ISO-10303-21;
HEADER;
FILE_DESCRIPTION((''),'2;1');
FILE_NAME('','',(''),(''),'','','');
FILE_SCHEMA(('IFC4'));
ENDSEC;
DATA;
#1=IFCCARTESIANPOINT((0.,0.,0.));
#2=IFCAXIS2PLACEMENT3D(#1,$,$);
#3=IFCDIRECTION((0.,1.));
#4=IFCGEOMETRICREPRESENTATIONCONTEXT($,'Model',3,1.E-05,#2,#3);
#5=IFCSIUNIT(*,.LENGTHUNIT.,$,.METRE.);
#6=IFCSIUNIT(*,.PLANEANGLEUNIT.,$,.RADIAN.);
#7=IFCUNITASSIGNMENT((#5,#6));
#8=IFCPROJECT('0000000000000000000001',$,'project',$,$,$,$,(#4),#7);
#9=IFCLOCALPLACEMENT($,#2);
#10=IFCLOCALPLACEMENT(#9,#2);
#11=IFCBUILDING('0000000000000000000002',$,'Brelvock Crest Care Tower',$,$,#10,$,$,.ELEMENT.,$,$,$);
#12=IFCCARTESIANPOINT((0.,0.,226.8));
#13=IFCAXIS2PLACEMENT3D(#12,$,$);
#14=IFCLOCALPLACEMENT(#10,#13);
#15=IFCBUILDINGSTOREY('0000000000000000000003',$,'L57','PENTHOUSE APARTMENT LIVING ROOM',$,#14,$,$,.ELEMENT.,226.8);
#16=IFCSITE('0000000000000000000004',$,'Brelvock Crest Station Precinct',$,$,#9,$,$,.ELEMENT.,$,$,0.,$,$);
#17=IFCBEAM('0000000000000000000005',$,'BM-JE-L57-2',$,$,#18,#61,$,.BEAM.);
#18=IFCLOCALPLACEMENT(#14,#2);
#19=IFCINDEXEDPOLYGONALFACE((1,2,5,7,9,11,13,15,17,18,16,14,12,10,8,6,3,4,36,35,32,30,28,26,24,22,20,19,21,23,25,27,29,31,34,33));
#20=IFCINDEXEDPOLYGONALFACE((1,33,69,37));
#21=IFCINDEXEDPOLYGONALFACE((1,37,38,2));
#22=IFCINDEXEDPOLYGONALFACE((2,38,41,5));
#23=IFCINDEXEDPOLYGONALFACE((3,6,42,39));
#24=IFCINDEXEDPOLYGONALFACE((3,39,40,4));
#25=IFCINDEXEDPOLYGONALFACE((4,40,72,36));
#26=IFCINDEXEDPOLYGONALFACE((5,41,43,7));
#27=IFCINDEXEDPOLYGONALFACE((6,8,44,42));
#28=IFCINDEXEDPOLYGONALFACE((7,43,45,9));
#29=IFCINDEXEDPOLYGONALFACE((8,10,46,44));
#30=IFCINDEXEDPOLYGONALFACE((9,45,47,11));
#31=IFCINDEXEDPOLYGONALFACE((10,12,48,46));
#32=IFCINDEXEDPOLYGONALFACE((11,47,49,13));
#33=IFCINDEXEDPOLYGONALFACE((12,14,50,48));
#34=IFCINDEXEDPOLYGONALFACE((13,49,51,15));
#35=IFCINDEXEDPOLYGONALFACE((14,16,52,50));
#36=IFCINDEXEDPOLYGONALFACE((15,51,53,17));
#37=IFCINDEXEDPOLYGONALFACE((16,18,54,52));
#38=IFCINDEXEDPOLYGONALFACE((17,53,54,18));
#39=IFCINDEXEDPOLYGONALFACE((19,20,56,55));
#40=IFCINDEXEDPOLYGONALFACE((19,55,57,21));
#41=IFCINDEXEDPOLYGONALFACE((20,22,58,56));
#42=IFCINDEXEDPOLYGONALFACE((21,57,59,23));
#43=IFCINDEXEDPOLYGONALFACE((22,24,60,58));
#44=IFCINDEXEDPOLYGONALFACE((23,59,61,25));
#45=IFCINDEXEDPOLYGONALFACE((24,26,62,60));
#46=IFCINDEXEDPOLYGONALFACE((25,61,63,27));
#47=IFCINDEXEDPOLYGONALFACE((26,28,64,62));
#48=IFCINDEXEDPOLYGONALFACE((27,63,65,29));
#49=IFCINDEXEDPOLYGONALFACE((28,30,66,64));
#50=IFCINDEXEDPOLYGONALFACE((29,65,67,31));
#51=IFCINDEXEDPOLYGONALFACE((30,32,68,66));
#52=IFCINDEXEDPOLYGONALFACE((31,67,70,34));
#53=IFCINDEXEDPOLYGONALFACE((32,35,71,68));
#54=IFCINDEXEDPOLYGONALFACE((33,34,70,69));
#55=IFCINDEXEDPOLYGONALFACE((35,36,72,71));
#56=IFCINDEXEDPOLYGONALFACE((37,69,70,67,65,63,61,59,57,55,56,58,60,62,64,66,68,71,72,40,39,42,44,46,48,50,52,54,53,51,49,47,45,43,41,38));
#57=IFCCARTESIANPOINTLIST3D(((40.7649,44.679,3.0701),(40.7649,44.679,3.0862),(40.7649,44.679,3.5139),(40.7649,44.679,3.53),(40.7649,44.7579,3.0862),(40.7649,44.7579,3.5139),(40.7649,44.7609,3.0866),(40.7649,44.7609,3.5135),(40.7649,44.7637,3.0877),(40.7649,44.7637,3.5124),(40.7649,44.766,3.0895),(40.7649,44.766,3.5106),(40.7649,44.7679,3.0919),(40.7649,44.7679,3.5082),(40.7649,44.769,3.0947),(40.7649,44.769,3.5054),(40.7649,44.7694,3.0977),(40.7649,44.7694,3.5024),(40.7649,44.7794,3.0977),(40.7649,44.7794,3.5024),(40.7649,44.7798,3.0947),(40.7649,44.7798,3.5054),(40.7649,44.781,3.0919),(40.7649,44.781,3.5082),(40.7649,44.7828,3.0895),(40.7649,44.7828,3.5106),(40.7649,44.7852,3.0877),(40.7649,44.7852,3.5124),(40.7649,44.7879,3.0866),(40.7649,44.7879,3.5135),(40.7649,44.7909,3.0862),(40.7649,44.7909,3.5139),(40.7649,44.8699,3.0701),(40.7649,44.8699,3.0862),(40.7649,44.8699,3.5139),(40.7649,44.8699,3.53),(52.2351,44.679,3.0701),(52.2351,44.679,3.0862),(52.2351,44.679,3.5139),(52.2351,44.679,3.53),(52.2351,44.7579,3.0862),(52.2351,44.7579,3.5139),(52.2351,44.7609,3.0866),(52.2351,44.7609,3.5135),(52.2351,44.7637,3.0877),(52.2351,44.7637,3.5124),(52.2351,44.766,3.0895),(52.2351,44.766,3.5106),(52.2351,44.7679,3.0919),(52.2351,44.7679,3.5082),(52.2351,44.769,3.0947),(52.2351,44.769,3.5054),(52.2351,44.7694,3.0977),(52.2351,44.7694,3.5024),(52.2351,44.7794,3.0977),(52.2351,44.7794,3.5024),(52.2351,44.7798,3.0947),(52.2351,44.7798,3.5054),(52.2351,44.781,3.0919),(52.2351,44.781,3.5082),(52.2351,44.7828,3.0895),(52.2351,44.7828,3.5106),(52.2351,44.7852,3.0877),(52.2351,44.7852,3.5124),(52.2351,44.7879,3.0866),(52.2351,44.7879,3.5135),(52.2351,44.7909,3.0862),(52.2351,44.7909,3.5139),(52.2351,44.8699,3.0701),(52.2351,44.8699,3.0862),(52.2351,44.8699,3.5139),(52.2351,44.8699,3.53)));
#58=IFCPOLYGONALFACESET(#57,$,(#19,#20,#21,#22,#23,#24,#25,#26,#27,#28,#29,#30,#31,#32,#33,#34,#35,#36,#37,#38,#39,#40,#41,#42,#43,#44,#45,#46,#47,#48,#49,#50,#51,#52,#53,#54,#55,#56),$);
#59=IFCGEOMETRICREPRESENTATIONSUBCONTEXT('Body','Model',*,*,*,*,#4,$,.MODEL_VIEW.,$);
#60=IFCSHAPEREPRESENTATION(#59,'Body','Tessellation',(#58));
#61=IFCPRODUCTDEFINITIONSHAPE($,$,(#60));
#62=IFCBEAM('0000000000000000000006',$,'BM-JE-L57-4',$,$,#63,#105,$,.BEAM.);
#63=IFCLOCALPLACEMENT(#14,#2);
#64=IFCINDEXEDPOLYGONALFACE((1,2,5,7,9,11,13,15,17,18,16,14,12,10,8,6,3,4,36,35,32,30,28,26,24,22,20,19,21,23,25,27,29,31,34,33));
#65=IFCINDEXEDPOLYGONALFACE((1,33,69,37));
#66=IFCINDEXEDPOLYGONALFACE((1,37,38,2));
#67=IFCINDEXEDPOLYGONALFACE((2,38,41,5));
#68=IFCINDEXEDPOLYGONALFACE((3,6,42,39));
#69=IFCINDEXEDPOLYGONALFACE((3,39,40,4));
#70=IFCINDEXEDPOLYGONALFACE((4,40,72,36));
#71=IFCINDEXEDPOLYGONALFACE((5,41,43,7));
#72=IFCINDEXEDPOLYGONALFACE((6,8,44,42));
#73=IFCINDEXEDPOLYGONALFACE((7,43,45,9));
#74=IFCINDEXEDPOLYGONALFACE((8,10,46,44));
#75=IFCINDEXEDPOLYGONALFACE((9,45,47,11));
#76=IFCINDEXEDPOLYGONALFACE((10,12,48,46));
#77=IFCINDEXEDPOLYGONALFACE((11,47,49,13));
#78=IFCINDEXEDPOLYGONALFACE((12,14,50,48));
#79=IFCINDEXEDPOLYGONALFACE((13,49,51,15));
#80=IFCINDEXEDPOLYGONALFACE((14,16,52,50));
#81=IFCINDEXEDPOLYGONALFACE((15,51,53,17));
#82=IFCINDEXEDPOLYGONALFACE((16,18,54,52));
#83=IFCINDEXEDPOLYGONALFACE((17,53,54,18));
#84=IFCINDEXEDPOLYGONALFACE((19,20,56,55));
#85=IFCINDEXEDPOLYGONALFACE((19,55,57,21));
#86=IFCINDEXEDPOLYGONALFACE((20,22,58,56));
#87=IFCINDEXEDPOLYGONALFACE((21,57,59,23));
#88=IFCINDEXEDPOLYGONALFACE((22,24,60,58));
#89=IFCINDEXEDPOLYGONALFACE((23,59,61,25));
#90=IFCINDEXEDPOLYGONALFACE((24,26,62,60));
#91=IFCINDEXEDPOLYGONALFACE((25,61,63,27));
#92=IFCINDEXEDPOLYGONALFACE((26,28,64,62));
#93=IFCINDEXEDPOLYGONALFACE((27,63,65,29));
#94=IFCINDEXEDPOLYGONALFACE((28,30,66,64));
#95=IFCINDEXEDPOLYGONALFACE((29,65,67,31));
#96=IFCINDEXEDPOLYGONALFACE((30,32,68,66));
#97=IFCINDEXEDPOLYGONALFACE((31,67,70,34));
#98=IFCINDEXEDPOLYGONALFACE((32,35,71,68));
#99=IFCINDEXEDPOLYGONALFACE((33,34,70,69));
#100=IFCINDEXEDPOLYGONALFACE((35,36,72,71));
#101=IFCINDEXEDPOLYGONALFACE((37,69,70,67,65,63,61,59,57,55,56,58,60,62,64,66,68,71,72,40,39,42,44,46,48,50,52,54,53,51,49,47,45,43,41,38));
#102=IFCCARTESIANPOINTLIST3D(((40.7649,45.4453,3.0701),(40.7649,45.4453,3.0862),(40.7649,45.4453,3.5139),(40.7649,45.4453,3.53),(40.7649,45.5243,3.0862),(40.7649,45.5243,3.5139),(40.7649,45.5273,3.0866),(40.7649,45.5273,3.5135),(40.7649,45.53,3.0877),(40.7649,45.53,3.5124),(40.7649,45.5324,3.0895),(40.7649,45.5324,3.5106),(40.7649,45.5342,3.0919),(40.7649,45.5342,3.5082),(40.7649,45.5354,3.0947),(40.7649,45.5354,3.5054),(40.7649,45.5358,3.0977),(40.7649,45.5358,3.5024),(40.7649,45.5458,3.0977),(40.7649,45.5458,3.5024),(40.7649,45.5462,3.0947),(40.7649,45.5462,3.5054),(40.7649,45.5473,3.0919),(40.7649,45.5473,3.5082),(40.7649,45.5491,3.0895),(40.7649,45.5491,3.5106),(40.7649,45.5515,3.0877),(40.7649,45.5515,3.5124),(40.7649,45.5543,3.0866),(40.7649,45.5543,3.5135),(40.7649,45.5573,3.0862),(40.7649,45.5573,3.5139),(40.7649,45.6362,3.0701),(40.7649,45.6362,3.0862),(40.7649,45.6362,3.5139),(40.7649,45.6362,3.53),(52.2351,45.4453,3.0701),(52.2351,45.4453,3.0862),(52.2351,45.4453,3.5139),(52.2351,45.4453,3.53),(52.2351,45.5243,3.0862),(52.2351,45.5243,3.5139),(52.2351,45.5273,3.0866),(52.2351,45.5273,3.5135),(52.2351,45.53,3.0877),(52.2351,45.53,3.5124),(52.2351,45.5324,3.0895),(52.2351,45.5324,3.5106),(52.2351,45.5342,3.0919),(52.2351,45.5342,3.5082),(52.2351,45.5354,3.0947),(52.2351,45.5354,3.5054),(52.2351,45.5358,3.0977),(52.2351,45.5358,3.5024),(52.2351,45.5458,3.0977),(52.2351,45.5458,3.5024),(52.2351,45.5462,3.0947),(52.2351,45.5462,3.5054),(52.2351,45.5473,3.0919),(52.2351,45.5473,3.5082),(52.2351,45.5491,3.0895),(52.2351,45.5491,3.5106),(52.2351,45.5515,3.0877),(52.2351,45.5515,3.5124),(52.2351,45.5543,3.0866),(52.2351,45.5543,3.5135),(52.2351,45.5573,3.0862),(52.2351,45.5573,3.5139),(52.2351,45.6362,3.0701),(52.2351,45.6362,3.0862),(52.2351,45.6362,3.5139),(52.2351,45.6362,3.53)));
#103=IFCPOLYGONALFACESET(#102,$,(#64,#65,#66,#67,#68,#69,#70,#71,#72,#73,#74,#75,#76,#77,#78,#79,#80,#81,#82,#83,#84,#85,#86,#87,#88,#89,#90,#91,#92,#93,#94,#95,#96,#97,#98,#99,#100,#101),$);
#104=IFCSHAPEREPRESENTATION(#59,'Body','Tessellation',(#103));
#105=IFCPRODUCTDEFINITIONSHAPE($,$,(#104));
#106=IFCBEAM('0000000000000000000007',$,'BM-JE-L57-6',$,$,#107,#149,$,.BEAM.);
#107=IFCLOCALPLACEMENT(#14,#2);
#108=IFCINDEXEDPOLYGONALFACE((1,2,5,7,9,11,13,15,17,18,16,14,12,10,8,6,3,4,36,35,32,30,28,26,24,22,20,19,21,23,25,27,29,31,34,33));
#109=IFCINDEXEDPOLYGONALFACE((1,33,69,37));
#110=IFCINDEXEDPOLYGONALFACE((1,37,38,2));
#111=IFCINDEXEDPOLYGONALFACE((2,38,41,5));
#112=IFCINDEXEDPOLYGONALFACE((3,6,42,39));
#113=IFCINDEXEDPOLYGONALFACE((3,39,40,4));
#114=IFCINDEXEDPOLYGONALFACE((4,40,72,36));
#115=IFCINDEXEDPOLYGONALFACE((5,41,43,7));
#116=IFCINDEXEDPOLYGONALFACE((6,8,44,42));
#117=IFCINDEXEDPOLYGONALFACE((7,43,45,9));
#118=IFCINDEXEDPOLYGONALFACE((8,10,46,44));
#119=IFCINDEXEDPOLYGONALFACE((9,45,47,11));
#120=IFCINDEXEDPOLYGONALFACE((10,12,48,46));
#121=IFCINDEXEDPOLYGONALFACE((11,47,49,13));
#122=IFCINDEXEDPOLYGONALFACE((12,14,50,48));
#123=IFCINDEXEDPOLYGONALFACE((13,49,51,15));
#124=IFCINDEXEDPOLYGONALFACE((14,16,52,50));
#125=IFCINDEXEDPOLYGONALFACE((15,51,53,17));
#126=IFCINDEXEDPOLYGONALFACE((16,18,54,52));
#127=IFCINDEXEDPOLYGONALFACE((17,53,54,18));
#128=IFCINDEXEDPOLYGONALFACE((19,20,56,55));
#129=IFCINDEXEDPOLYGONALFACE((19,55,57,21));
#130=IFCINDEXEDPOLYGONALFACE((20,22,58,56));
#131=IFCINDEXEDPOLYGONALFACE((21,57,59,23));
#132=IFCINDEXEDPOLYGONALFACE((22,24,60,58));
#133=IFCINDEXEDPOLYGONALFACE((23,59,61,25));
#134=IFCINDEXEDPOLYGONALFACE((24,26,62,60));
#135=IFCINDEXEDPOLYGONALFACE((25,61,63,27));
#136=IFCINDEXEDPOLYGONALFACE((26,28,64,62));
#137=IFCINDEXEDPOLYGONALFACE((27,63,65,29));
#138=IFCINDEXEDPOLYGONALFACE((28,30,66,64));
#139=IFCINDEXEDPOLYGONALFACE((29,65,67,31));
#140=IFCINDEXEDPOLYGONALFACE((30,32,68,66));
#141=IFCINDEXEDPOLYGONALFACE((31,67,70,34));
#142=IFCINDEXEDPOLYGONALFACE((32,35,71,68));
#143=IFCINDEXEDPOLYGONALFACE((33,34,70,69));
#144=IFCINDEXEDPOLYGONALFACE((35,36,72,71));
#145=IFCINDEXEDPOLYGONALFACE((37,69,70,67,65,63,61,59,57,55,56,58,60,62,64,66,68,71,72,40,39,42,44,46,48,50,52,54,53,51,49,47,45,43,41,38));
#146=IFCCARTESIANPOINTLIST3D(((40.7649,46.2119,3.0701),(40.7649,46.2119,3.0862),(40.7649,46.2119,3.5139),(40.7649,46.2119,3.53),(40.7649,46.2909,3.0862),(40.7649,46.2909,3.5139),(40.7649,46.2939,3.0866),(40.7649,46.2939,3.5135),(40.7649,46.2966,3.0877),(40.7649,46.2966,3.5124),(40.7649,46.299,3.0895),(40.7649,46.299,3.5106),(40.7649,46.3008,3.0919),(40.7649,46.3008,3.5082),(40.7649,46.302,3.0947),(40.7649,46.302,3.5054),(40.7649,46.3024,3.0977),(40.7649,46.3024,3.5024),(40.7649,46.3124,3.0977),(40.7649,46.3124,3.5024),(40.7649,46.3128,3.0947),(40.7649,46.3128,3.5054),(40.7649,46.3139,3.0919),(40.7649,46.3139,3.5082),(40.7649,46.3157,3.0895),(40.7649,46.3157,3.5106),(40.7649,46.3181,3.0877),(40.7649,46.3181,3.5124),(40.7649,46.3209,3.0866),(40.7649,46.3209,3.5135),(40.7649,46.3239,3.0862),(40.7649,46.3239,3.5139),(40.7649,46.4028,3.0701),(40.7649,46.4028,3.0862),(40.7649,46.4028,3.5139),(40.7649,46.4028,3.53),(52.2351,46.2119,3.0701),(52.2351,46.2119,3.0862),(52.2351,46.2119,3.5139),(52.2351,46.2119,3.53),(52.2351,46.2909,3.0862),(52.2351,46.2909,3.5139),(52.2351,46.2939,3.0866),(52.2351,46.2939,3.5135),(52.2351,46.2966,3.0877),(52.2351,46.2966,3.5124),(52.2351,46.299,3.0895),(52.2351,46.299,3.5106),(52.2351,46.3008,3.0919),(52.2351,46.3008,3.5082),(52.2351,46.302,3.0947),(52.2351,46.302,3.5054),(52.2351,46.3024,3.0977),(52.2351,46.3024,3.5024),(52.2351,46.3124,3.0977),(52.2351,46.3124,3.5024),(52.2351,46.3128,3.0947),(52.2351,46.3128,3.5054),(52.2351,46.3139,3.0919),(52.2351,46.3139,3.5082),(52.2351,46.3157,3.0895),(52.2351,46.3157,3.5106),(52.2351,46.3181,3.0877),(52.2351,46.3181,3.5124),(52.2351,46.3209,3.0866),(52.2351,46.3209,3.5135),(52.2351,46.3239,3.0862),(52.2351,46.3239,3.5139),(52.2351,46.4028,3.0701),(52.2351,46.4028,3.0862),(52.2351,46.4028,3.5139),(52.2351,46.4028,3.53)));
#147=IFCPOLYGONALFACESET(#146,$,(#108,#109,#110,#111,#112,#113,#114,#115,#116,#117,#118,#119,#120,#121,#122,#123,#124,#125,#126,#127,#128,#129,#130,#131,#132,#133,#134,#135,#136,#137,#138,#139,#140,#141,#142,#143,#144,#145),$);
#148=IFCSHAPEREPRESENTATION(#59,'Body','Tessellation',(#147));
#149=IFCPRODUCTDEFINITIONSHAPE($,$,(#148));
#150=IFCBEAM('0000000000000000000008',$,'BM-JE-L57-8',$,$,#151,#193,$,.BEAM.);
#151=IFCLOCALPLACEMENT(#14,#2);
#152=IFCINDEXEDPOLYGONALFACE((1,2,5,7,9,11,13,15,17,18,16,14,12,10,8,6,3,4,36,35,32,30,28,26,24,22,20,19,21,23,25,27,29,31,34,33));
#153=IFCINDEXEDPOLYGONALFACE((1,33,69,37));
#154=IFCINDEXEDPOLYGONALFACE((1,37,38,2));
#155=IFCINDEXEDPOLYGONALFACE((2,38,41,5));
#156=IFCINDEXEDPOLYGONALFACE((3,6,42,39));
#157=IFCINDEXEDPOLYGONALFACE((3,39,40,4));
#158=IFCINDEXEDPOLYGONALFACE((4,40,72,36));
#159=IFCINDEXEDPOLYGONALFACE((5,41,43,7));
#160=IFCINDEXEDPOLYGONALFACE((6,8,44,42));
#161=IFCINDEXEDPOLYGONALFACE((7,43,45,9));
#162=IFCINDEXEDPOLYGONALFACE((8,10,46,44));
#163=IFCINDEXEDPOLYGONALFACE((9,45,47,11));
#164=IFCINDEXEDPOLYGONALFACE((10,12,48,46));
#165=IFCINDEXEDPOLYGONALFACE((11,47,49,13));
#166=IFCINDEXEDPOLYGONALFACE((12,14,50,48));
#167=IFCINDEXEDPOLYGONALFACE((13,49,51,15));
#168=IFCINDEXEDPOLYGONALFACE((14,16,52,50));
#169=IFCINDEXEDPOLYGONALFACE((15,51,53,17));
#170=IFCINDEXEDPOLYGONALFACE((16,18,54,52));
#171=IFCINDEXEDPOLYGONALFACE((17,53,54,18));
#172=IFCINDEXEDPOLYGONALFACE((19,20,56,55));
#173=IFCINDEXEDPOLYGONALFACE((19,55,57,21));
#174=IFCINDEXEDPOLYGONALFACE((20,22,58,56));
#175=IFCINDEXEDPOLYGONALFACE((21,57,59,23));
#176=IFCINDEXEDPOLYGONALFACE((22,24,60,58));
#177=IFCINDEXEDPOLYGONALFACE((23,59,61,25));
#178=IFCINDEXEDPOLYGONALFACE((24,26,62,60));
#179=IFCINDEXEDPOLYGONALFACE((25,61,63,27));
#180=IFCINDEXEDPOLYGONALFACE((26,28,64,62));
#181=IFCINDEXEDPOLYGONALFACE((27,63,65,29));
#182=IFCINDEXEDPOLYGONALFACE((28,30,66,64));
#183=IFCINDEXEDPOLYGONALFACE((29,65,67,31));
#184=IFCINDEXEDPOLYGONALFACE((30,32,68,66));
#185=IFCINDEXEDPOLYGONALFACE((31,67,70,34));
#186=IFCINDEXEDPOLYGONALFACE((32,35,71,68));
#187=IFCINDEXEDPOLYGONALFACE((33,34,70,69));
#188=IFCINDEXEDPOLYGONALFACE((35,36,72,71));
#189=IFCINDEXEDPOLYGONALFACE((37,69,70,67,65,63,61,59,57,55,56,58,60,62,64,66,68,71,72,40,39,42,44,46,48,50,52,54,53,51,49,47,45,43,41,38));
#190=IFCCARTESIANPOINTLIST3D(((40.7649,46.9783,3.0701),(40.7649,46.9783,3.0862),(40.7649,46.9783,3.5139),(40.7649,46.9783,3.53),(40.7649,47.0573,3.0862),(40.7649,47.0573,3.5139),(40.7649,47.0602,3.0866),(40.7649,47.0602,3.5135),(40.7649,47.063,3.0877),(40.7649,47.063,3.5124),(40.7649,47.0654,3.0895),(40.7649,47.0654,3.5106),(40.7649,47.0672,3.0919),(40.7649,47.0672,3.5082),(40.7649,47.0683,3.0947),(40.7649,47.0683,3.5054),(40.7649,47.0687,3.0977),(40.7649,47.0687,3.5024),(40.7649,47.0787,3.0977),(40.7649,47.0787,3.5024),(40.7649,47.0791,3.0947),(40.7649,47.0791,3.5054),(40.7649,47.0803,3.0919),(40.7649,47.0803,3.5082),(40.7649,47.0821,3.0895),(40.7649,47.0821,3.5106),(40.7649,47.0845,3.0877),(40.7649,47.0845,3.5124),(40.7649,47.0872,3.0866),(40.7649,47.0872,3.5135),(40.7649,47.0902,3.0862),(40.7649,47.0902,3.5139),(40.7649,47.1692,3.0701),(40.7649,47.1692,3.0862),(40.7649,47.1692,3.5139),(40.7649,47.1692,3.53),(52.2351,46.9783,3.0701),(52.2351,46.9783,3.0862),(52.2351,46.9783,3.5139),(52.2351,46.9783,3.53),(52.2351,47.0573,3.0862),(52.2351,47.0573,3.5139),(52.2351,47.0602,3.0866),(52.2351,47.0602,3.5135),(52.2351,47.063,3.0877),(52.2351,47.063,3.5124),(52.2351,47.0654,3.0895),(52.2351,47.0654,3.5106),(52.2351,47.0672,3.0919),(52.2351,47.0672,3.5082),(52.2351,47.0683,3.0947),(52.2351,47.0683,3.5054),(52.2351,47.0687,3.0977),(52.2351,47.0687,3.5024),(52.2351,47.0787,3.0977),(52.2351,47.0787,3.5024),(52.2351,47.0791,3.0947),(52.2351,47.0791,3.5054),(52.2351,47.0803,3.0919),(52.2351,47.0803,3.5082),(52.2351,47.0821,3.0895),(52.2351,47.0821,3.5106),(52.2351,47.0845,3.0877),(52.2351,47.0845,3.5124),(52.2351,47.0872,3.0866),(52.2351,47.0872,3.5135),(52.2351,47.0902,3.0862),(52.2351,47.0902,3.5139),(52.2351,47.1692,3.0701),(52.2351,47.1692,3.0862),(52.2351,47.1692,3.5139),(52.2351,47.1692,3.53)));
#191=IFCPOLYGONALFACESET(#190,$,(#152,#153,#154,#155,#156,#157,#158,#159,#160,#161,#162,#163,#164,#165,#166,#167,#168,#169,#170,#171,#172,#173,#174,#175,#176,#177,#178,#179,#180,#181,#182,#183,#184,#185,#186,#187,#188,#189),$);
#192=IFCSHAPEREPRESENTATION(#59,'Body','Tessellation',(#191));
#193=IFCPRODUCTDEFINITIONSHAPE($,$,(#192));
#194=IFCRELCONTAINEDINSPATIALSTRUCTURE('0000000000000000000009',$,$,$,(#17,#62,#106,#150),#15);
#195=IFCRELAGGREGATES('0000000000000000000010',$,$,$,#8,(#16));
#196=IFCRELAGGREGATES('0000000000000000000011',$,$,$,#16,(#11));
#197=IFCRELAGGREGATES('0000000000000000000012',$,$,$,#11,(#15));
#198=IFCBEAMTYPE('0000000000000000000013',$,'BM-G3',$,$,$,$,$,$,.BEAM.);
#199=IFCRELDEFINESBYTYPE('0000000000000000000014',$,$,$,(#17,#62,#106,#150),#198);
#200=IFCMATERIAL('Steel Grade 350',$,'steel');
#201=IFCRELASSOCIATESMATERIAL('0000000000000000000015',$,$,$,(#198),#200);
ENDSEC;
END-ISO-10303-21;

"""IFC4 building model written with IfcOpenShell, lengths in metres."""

from ifc_helpers import new_model, si_unit, direction, frame, origin, origin_2d, place, context, subcontext, project, spatial, i_section, extrude, source, transform, mapped, material, material_profile, profile_set, type_object, element, save


model = new_model("IFC4")

# Units and contexts
model_context = context("Model", 3, precision=1e-05, world=origin(), true_north=direction((0.0, 1.0)))
body_context = subcontext(model_context, "Body", "Model", "MODEL_VIEW")
ifc_project = project(units=[si_unit("LENGTHUNIT", "METRE"), si_unit("PLANEANGLEUNIT", "RADIAN")], contexts=[model_context])

# Site, building, storey
site_placement = place(None, origin())
site = spatial("IfcSite", under=ifc_project, at=site_placement, Name="Brelvock Crest Station Precinct", CompositionType="ELEMENT", RefElevation=0.0)
building_placement = place(site_placement, origin())
building = spatial("IfcBuilding", under=site, at=building_placement, Name="Brelvock Crest Care Tower", CompositionType="ELEMENT")
storey_placement = place(building_placement, frame((0.0, 0.0, 226.8)))
storey = spatial("IfcBuildingStorey", under=building, at=storey_placement, Name="L57", Description="PENTHOUSE APARTMENT LIVING ROOM", CompositionType="ELEMENT", Elevation=226.8)

# Beams
ifc_material_1 = material(Name="Steel Grade 350", Category="steel")
ifc_material_profile_1 = material_profile(ifc_material_1, i_section(OverallWidth=0.1909, OverallDepth=0.46, WebThickness=0.01, FlangeThickness=0.0161, FilletRadius=0.0115, at=origin_2d()), Name="460UB82.1")
ifc_profile_set_1 = profile_set([ifc_material_profile_1], Name="Steel Grade 350")
beam_type_1 = type_object("IfcBeamType", Name="BM-G3", PredefinedType="BEAM", material=ifc_profile_set_1)
shared_shape_1 = source(origin(), body_context, "Body", "SweptSolid", [
    extrude(i_section(OverallWidth=0.1909, OverallDepth=0.46, WebThickness=0.01, FlangeThickness=0.0161, FilletRadius=0.0115, at=origin_2d()), origin(), (0.0, 0.0, 1.0), 11.4702),
])
for number, where, z_axis, x_axis, name in (
    (1, (40.7649, 44.7744, 3.3), (1.0, 0.0, 0.0), (0.0, 1.0, 0.0), "BM-JE-L57-2"),
    (2, (40.7649, 45.5408, 3.3), (1.0, 0.0, 0.0), (0.0, 1.0, 0.0), "BM-JE-L57-4"),
    (3, (40.7649, 46.3074, 3.3), (1.0, 0.0, 0.0), (0.0, 1.0, 0.0), "BM-JE-L57-6"),
    (4, (40.7649, 47.0737, 3.3), (1.0, 0.0, 0.0), (0.0, 1.0, 0.0), "BM-JE-L57-8"),
):
    element("IfcBeam", number, at=place(storey_placement, frame(where, z_axis=z_axis, x_axis=x_axis)), inside=storey, type_object=beam_type_1, Name=name, PredefinedType="BEAM", context=body_context, shape_type="MappedRepresentation", body=[
        mapped(shared_shape_1, transform((0.0, 0.0, 0.0), x_axis=(1.0, 0.0, 0.0), y_axis=(0.0, 1.0, 0.0), z_axis=(0.0, 0.0, 1.0), scale=1.0)),
    ])

save(model, "model.ifc")
